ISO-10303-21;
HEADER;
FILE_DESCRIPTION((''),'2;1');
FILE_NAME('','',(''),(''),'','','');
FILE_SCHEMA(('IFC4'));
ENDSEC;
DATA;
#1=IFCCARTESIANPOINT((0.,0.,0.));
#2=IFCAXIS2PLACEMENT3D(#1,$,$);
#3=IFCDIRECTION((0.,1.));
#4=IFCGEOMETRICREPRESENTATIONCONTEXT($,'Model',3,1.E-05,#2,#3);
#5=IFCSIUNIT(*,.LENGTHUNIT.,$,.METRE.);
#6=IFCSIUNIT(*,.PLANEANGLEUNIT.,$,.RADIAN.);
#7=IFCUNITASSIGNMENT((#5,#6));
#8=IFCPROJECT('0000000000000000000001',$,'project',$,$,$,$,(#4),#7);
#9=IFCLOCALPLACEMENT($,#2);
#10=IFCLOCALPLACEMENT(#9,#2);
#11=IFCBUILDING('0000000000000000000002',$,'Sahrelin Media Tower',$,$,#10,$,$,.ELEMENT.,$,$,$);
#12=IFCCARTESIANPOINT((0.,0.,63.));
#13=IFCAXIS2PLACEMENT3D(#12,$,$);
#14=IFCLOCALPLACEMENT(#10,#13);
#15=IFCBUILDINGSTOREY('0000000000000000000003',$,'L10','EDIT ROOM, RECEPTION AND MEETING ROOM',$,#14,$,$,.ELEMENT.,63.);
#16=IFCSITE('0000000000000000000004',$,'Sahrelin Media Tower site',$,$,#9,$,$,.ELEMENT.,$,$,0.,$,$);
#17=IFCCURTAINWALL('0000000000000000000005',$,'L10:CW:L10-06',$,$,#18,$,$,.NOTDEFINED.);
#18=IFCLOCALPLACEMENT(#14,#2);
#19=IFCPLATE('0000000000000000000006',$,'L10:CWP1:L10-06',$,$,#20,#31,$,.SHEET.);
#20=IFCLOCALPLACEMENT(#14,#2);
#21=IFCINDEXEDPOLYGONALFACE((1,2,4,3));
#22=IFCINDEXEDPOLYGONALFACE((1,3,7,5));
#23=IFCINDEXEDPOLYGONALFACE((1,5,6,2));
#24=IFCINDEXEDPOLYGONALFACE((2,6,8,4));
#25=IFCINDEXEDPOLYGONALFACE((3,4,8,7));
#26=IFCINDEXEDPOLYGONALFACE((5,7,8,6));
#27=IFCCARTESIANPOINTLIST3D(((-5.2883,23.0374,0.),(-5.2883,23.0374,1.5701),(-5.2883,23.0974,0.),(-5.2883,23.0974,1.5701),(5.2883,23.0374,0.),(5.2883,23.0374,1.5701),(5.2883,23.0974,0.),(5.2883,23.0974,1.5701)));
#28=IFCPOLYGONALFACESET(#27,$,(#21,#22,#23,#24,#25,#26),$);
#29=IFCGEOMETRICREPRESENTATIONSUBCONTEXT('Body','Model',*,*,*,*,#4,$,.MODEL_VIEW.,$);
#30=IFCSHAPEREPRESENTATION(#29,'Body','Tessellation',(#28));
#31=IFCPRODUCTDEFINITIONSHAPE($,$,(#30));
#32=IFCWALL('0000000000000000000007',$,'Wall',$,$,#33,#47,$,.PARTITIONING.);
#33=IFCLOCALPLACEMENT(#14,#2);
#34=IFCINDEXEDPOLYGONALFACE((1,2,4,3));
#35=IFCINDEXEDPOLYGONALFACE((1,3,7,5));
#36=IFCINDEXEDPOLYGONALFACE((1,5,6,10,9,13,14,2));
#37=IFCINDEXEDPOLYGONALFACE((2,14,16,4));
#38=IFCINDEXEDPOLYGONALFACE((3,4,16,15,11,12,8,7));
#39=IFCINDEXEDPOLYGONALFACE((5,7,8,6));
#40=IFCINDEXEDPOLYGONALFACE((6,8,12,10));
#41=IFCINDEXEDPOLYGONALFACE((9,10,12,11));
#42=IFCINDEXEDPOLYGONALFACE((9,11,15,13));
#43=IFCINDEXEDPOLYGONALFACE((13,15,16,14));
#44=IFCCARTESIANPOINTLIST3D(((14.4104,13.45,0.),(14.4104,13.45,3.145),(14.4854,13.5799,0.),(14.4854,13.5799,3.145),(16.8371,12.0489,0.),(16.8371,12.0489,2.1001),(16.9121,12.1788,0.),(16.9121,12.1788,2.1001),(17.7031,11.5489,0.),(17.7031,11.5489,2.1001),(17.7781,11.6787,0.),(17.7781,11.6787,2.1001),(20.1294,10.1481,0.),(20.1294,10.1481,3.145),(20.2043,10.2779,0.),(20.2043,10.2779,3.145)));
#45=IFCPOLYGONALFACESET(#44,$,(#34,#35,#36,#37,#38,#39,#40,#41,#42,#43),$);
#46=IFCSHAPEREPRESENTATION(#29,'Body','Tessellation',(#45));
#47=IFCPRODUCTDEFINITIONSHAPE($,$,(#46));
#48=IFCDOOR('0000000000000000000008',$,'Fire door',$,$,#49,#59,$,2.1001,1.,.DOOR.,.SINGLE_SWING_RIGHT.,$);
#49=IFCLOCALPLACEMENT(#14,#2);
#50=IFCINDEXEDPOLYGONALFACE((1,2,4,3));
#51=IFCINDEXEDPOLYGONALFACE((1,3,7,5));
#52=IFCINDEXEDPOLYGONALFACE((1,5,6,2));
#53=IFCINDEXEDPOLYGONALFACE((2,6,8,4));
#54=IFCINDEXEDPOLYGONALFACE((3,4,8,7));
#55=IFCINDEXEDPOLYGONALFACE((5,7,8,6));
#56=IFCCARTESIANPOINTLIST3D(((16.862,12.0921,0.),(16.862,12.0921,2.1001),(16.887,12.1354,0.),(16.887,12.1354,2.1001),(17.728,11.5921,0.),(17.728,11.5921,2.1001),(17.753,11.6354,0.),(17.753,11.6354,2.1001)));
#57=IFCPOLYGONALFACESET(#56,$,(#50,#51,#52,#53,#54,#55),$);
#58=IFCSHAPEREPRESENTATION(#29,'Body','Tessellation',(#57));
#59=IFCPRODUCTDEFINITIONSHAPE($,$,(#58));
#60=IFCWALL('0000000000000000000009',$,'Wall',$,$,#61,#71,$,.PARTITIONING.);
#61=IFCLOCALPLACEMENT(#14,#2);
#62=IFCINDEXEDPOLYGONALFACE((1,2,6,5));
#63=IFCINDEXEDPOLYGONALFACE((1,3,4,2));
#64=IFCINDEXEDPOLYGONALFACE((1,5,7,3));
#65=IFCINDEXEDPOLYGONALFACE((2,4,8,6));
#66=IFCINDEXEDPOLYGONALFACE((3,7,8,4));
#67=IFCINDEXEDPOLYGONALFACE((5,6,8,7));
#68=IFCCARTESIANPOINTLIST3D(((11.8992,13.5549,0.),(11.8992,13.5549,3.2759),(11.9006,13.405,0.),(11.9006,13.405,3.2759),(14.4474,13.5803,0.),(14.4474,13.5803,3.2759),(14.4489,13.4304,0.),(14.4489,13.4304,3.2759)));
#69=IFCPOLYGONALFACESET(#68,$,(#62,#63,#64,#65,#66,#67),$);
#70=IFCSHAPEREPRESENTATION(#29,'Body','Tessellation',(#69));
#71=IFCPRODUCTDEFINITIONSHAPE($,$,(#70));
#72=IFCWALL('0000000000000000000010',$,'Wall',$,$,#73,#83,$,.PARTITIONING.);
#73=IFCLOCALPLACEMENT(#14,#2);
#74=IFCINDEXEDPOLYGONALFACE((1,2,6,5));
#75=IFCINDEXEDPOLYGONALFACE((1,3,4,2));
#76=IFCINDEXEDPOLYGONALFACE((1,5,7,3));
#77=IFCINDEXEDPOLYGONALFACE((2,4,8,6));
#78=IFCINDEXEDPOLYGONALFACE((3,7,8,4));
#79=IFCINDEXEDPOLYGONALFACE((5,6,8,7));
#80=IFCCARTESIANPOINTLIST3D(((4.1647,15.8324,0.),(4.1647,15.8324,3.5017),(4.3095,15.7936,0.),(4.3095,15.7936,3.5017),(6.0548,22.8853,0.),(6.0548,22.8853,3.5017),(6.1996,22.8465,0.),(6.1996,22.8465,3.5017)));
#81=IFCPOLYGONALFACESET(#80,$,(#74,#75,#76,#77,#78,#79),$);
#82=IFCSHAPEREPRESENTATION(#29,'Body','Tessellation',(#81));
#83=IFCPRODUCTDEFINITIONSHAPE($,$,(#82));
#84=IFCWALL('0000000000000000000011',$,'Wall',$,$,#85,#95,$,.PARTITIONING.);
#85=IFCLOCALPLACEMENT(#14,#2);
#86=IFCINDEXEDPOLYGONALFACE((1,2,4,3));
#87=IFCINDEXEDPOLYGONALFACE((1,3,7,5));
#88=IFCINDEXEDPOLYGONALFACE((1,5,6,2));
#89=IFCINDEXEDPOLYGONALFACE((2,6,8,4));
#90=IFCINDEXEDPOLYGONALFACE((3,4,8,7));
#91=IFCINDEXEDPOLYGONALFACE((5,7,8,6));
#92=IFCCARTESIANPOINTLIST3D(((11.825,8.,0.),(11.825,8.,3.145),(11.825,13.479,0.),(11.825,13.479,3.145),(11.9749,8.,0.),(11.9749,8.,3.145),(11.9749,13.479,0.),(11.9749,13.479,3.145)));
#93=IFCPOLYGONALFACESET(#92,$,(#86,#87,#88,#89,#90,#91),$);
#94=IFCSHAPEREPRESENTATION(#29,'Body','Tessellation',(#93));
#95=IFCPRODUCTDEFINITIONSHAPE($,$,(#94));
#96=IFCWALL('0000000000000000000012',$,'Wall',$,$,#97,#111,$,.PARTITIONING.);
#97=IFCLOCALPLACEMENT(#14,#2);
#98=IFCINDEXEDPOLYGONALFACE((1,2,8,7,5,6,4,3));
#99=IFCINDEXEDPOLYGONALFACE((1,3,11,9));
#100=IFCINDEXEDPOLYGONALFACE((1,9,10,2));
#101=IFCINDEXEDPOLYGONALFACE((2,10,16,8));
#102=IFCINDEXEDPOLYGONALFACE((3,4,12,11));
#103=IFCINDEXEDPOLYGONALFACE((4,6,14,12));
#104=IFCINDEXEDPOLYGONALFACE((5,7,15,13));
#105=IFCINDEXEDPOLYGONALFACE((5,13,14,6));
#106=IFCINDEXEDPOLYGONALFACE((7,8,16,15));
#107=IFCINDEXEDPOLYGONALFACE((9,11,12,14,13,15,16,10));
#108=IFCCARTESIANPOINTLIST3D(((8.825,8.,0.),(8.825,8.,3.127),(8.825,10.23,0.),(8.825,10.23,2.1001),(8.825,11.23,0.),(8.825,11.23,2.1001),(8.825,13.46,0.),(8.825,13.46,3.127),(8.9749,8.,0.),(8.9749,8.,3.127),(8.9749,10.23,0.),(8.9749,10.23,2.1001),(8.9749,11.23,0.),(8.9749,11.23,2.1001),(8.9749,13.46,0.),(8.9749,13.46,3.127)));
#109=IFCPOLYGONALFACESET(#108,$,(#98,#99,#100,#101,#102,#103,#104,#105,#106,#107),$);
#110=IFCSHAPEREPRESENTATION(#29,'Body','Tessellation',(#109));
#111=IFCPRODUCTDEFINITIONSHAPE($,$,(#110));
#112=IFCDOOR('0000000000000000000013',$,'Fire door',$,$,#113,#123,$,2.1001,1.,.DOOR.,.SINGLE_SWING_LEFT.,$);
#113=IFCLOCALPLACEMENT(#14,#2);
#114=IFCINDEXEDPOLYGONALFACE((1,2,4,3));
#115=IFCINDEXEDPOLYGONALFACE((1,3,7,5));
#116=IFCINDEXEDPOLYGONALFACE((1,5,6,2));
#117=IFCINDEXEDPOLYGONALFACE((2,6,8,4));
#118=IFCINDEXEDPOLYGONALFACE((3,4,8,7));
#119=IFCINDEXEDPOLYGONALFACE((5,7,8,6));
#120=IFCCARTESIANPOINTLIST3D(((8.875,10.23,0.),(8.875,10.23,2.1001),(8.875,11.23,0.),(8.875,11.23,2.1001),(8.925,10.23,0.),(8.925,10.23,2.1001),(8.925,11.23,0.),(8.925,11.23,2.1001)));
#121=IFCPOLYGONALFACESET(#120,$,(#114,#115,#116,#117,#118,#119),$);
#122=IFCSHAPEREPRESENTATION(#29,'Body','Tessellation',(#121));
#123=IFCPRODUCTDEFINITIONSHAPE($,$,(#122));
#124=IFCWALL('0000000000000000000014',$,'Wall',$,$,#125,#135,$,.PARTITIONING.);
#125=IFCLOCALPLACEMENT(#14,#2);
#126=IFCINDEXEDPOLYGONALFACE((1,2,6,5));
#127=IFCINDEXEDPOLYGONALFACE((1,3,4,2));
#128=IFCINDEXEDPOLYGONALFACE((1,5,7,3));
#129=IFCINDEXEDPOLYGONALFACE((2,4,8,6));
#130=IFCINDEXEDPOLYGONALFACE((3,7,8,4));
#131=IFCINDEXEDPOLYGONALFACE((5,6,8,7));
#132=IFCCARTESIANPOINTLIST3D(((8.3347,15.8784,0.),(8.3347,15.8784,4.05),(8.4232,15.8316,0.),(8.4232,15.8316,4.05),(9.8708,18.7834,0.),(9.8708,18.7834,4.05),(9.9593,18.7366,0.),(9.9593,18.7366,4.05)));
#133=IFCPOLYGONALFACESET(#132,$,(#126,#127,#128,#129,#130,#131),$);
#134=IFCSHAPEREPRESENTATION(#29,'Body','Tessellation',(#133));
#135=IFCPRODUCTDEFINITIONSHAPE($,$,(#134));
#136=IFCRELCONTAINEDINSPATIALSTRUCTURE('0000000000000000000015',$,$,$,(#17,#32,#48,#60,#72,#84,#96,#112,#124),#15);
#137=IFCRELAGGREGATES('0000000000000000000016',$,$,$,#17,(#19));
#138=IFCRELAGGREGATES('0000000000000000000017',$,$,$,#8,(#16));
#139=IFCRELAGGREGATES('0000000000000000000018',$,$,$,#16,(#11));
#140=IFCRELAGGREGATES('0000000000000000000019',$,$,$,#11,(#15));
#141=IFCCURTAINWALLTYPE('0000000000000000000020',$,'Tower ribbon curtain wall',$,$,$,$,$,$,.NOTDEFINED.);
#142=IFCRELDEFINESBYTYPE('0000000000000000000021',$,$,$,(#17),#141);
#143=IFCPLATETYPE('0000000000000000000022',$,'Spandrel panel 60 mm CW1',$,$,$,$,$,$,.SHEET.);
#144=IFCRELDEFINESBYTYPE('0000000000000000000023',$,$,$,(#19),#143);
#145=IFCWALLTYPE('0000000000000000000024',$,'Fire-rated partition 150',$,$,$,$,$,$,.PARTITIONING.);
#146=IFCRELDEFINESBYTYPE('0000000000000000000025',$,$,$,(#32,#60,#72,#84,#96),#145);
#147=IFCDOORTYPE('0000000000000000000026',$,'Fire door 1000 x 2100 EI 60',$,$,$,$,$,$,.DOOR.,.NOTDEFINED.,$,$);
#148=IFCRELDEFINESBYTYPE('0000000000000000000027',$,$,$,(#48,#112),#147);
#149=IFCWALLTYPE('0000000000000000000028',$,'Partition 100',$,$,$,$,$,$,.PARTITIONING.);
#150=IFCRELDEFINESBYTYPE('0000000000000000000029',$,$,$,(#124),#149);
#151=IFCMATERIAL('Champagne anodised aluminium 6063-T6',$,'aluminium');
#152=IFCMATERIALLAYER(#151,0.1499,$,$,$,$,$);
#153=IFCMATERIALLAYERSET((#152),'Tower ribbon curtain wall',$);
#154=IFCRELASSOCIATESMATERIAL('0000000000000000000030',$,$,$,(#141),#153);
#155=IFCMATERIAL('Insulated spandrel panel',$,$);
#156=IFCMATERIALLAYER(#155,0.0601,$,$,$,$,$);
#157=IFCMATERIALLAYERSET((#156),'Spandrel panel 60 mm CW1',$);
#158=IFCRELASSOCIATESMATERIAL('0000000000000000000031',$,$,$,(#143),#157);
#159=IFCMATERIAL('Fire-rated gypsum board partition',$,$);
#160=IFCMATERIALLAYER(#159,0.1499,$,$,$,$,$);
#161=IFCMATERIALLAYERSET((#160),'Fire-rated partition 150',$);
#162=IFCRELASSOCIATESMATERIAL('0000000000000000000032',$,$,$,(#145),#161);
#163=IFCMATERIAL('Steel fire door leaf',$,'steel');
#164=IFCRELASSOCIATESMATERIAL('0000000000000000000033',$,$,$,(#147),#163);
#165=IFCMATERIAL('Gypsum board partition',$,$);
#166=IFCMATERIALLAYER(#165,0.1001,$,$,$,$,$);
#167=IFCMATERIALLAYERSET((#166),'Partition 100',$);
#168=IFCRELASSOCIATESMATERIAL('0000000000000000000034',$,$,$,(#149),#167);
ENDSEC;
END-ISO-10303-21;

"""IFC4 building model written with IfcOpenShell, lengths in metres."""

from ifc_helpers import new_model, si_unit, direction, frame, frame_2d, origin, place, context, subcontext, project, spatial, polyline, rectangle, outline, extrude, material, layer, layer_set, type_object, element, fill, aggregate, save


model = new_model("IFC4")

# Units and contexts
model_context = context("Model", 3, precision=1e-05, world=origin(), true_north=direction((0.0, 1.0)))
body_context = subcontext(model_context, "Body", "Model", "MODEL_VIEW")
ifc_project = project(units=[si_unit("LENGTHUNIT", "METRE"), si_unit("PLANEANGLEUNIT", "RADIAN")], contexts=[model_context])

# Site, building, storey
site_placement = place(None, origin())
site = spatial("IfcSite", under=ifc_project, at=site_placement, Name="Sahrelin Media Tower site", CompositionType="ELEMENT", RefElevation=0.0)
building_placement = place(site_placement, origin())
building = spatial("IfcBuilding", under=site, at=building_placement, Name="Sahrelin Media Tower", CompositionType="ELEMENT")
storey_placement = place(building_placement, frame((0.0, 0.0, 63.0)))
storey = spatial("IfcBuildingStorey", under=building, at=storey_placement, Name="L10", Description="EDIT ROOM, RECEPTION AND MEETING ROOM", CompositionType="ELEMENT", Elevation=63.0)

# Curtain wall
ifc_material_1 = material(Name="Champagne anodised aluminium 6063-T6", Category="aluminium")
ifc_layer_1 = layer(ifc_material_1, 0.1499)
ifc_layer_set_1 = layer_set([ifc_layer_1], Name="Tower ribbon curtain wall")
curtain_wall_type = type_object("IfcCurtainWallType", Name="Tower ribbon curtain wall", PredefinedType="NOTDEFINED", material=ifc_layer_set_1)
placement_1 = place(storey_placement, frame((0.0, 23.0774, 0.0), z_axis=(0.0, 0.0, 1.0), x_axis=(1.0, 0.0, 0.0)))
curtain_wall_1 = element("IfcCurtainWall", 1, at=placement_1, inside=storey, type_object=curtain_wall_type, Name="L10:CW:L10-06", PredefinedType="NOTDEFINED")

# Plate
ifc_material_2 = material(Name="Insulated spandrel panel")
ifc_layer_2 = layer(ifc_material_2, 0.0601)
ifc_layer_set_2 = layer_set([ifc_layer_2], Name="Spandrel panel 60 mm CW1")
plate_type_1 = type_object("IfcPlateType", Name="Spandrel panel 60 mm CW1", PredefinedType="SHEET", material=ifc_layer_set_2)
plate_1_placement = place(storey_placement, frame((5.2883, 23.0974, 0.0), z_axis=(0.0, 1.0, 0.0), x_axis=(-1.0, 0.0, 0.0)))
plate_1 = element("IfcPlate", 2, at=plate_1_placement, type_object=plate_type_1, Name="L10:CWP1:L10-06", PredefinedType="SHEET", context=body_context, shape_type="SweptSolid", body=[
    extrude(outline(polyline([(0.0, 0.0), (10.5767, 0.0), (10.5767, 1.5701), (0.0, 1.5701), (0.0, 0.0)])), origin(), (0.0, 0.0, -1.0), 0.0601),
])
aggregate(curtain_wall_1, [plate_1])

# Wall, opening, door
ifc_material_3 = material(Name="Fire-rated gypsum board partition")
ifc_layer_3 = layer(ifc_material_3, 0.1499)
ifc_layer_set_3 = layer_set([ifc_layer_3], Name="Fire-rated partition 150")
wall_type_1 = type_object("IfcWallType", Name="Fire-rated partition 150", PredefinedType="PARTITIONING", material=ifc_layer_set_3)
wall_1_placement = place(storey_placement, frame((14.448, 13.5149, 0.0), z_axis=(0.0, 0.0, 1.0), x_axis=(0.866016, -0.500016, 0.0)))
wall_1 = element("IfcWall", 3, at=wall_1_placement, inside=storey, type_object=wall_type_1, Name="Wall", PredefinedType="PARTITIONING", context=body_context, shape_type="SweptSolid", body=[
    extrude(rectangle(XDim=6.6038, YDim=0.1499, at=frame_2d((3.3018, 0.0))), origin(), (0.0, 0.0, 1.0), 3.145),
])
opening_1_placement = place(wall_1_placement, frame((2.802, 0.0, 0.0)))
opening_1 = element("IfcOpeningElement", 4, at=opening_1_placement, cuts=wall_1, PredefinedType="OPENING", context=body_context, shape_type="SweptSolid", body=[
    extrude(rectangle(XDim=1.0, YDim=2.1001, at=frame_2d((0.5, 1.05))), frame((0.0, 0.075, 0.0), z_axis=(0.0, -1.0, 0.0), x_axis=(1.0, 0.0, 0.0)), (0.0, 0.0, 1.0), 0.1499),
])
ifc_material_4 = material(Name="Steel fire door leaf", Category="steel")
door_type = type_object("IfcDoorType", Name="Fire door 1000 x 2100 EI 60", OperationType="NOTDEFINED", PredefinedType="DOOR", material=ifc_material_4)
door_1_placement = place(opening_1_placement, origin())
door_1 = element("IfcDoor", 5, at=door_1_placement, inside=storey, type_object=door_type, Name="Fire door", OperationType="SINGLE_SWING_RIGHT", OverallHeight=2.1001, OverallWidth=1.0, PredefinedType="DOOR", context=body_context, shape_type="SweptSolid", body=[
    extrude(rectangle(XDim=1.0, YDim=2.1001, at=frame_2d((0.5, 1.05))), frame((0.0, 0.0249, 0.0), z_axis=(0.0, -1.0, 0.0), x_axis=(1.0, 0.0, 0.0)), (0.0, 0.0, 1.0), 0.05),
])
fill(opening_1, door_1)

# Walls
wall_2_placement = place(storey_placement, frame((11.8999, 13.48, 0.0), z_axis=(0.0, 0.0, 1.0), x_axis=(0.99995, 0.009964, 0.0)))
element("IfcWall", 6, at=wall_2_placement, inside=storey, type_object=wall_type_1, Name="Wall", PredefinedType="PARTITIONING", context=body_context, shape_type="SweptSolid", body=[
    extrude(rectangle(XDim=2.5483, YDim=0.1499, at=frame_2d((1.2742, 0.0))), origin(), (0.0, 0.0, 1.0), 3.2759),
])
wall_3_placement = place(storey_placement, frame((4.2371, 15.813, 0.0), z_axis=(0.0, 0.0, 1.0), x_axis=(0.258857, 0.965916, 0.0)))
element("IfcWall", 7, at=wall_3_placement, inside=storey, type_object=wall_type_1, Name="Wall", PredefinedType="PARTITIONING", context=body_context, shape_type="SweptSolid", body=[
    extrude(rectangle(XDim=7.3018, YDim=0.1499, at=frame_2d((3.6509, 0.0))), origin(), (0.0, 0.0, 1.0), 3.5017),
])
wall_4_placement = place(storey_placement, frame((11.8999, 8.0, 0.0), z_axis=(0.0, 0.0, 1.0), x_axis=(0.0, 1.0, 0.0)))
element("IfcWall", 8, at=wall_4_placement, inside=storey, type_object=wall_type_1, Name="Wall", PredefinedType="PARTITIONING", context=body_context, shape_type="SweptSolid", body=[
    extrude(rectangle(XDim=5.479, YDim=0.1499, at=frame_2d((2.7395, 0.0))), origin(), (0.0, 0.0, 1.0), 3.145),
])

# Wall, opening, door
wall_5_placement = place(storey_placement, frame((8.8999, 8.0, 0.0), z_axis=(0.0, 0.0, 1.0), x_axis=(0.0, 1.0, 0.0)))
wall_5 = element("IfcWall", 9, at=wall_5_placement, inside=storey, type_object=wall_type_1, Name="Wall", PredefinedType="PARTITIONING", context=body_context, shape_type="SweptSolid", body=[
    extrude(rectangle(XDim=5.46, YDim=0.1499, at=frame_2d((2.73, 0.0))), origin(), (0.0, 0.0, 1.0), 3.127),
])
opening_2_placement = place(wall_5_placement, frame((2.23, 0.0, 0.0)))
opening_2 = element("IfcOpeningElement", 10, at=opening_2_placement, cuts=wall_5, PredefinedType="OPENING", context=body_context, shape_type="SweptSolid", body=[
    extrude(rectangle(XDim=1.0, YDim=2.1001, at=frame_2d((0.5, 1.05))), frame((0.0, 0.075, 0.0), z_axis=(0.0, -1.0, 0.0), x_axis=(1.0, 0.0, 0.0)), (0.0, 0.0, 1.0), 0.1499),
])
door_2_placement = place(opening_2_placement, origin())
door_2 = element("IfcDoor", 11, at=door_2_placement, inside=storey, type_object=door_type, Name="Fire door", OperationType="SINGLE_SWING_LEFT", OverallHeight=2.1001, OverallWidth=1.0, PredefinedType="DOOR", context=body_context, shape_type="SweptSolid", body=[
    extrude(rectangle(XDim=1.0, YDim=2.1001, at=frame_2d((0.5, 1.05))), frame((0.0, 0.0249, 0.0), z_axis=(0.0, -1.0, 0.0), x_axis=(1.0, 0.0, 0.0)), (0.0, 0.0, 1.0), 0.05),
])
fill(opening_2, door_2)

# Wall
ifc_material_5 = material(Name="Gypsum board partition")
ifc_layer_4 = layer(ifc_material_5, 0.1001)
ifc_layer_set_4 = layer_set([ifc_layer_4], Name="Partition 100")
wall_type_2 = type_object("IfcWallType", Name="Partition 100", PredefinedType="PARTITIONING", material=ifc_layer_set_4)
wall_6_placement = place(storey_placement, frame((8.3789, 15.855, 0.0), z_axis=(0.0, 0.0, 1.0), x_axis=(0.467454, 0.884017, 0.0)))
element("IfcWall", 12, at=wall_6_placement, inside=storey, type_object=wall_type_2, Name="Wall", PredefinedType="PARTITIONING", context=body_context, shape_type="SweptSolid", body=[
    extrude(rectangle(XDim=3.2861, YDim=0.1001, at=frame_2d((1.6431, 0.0))), origin(), (0.0, 0.0, 1.0), 4.05),
])

save(model, "model.ifc")
